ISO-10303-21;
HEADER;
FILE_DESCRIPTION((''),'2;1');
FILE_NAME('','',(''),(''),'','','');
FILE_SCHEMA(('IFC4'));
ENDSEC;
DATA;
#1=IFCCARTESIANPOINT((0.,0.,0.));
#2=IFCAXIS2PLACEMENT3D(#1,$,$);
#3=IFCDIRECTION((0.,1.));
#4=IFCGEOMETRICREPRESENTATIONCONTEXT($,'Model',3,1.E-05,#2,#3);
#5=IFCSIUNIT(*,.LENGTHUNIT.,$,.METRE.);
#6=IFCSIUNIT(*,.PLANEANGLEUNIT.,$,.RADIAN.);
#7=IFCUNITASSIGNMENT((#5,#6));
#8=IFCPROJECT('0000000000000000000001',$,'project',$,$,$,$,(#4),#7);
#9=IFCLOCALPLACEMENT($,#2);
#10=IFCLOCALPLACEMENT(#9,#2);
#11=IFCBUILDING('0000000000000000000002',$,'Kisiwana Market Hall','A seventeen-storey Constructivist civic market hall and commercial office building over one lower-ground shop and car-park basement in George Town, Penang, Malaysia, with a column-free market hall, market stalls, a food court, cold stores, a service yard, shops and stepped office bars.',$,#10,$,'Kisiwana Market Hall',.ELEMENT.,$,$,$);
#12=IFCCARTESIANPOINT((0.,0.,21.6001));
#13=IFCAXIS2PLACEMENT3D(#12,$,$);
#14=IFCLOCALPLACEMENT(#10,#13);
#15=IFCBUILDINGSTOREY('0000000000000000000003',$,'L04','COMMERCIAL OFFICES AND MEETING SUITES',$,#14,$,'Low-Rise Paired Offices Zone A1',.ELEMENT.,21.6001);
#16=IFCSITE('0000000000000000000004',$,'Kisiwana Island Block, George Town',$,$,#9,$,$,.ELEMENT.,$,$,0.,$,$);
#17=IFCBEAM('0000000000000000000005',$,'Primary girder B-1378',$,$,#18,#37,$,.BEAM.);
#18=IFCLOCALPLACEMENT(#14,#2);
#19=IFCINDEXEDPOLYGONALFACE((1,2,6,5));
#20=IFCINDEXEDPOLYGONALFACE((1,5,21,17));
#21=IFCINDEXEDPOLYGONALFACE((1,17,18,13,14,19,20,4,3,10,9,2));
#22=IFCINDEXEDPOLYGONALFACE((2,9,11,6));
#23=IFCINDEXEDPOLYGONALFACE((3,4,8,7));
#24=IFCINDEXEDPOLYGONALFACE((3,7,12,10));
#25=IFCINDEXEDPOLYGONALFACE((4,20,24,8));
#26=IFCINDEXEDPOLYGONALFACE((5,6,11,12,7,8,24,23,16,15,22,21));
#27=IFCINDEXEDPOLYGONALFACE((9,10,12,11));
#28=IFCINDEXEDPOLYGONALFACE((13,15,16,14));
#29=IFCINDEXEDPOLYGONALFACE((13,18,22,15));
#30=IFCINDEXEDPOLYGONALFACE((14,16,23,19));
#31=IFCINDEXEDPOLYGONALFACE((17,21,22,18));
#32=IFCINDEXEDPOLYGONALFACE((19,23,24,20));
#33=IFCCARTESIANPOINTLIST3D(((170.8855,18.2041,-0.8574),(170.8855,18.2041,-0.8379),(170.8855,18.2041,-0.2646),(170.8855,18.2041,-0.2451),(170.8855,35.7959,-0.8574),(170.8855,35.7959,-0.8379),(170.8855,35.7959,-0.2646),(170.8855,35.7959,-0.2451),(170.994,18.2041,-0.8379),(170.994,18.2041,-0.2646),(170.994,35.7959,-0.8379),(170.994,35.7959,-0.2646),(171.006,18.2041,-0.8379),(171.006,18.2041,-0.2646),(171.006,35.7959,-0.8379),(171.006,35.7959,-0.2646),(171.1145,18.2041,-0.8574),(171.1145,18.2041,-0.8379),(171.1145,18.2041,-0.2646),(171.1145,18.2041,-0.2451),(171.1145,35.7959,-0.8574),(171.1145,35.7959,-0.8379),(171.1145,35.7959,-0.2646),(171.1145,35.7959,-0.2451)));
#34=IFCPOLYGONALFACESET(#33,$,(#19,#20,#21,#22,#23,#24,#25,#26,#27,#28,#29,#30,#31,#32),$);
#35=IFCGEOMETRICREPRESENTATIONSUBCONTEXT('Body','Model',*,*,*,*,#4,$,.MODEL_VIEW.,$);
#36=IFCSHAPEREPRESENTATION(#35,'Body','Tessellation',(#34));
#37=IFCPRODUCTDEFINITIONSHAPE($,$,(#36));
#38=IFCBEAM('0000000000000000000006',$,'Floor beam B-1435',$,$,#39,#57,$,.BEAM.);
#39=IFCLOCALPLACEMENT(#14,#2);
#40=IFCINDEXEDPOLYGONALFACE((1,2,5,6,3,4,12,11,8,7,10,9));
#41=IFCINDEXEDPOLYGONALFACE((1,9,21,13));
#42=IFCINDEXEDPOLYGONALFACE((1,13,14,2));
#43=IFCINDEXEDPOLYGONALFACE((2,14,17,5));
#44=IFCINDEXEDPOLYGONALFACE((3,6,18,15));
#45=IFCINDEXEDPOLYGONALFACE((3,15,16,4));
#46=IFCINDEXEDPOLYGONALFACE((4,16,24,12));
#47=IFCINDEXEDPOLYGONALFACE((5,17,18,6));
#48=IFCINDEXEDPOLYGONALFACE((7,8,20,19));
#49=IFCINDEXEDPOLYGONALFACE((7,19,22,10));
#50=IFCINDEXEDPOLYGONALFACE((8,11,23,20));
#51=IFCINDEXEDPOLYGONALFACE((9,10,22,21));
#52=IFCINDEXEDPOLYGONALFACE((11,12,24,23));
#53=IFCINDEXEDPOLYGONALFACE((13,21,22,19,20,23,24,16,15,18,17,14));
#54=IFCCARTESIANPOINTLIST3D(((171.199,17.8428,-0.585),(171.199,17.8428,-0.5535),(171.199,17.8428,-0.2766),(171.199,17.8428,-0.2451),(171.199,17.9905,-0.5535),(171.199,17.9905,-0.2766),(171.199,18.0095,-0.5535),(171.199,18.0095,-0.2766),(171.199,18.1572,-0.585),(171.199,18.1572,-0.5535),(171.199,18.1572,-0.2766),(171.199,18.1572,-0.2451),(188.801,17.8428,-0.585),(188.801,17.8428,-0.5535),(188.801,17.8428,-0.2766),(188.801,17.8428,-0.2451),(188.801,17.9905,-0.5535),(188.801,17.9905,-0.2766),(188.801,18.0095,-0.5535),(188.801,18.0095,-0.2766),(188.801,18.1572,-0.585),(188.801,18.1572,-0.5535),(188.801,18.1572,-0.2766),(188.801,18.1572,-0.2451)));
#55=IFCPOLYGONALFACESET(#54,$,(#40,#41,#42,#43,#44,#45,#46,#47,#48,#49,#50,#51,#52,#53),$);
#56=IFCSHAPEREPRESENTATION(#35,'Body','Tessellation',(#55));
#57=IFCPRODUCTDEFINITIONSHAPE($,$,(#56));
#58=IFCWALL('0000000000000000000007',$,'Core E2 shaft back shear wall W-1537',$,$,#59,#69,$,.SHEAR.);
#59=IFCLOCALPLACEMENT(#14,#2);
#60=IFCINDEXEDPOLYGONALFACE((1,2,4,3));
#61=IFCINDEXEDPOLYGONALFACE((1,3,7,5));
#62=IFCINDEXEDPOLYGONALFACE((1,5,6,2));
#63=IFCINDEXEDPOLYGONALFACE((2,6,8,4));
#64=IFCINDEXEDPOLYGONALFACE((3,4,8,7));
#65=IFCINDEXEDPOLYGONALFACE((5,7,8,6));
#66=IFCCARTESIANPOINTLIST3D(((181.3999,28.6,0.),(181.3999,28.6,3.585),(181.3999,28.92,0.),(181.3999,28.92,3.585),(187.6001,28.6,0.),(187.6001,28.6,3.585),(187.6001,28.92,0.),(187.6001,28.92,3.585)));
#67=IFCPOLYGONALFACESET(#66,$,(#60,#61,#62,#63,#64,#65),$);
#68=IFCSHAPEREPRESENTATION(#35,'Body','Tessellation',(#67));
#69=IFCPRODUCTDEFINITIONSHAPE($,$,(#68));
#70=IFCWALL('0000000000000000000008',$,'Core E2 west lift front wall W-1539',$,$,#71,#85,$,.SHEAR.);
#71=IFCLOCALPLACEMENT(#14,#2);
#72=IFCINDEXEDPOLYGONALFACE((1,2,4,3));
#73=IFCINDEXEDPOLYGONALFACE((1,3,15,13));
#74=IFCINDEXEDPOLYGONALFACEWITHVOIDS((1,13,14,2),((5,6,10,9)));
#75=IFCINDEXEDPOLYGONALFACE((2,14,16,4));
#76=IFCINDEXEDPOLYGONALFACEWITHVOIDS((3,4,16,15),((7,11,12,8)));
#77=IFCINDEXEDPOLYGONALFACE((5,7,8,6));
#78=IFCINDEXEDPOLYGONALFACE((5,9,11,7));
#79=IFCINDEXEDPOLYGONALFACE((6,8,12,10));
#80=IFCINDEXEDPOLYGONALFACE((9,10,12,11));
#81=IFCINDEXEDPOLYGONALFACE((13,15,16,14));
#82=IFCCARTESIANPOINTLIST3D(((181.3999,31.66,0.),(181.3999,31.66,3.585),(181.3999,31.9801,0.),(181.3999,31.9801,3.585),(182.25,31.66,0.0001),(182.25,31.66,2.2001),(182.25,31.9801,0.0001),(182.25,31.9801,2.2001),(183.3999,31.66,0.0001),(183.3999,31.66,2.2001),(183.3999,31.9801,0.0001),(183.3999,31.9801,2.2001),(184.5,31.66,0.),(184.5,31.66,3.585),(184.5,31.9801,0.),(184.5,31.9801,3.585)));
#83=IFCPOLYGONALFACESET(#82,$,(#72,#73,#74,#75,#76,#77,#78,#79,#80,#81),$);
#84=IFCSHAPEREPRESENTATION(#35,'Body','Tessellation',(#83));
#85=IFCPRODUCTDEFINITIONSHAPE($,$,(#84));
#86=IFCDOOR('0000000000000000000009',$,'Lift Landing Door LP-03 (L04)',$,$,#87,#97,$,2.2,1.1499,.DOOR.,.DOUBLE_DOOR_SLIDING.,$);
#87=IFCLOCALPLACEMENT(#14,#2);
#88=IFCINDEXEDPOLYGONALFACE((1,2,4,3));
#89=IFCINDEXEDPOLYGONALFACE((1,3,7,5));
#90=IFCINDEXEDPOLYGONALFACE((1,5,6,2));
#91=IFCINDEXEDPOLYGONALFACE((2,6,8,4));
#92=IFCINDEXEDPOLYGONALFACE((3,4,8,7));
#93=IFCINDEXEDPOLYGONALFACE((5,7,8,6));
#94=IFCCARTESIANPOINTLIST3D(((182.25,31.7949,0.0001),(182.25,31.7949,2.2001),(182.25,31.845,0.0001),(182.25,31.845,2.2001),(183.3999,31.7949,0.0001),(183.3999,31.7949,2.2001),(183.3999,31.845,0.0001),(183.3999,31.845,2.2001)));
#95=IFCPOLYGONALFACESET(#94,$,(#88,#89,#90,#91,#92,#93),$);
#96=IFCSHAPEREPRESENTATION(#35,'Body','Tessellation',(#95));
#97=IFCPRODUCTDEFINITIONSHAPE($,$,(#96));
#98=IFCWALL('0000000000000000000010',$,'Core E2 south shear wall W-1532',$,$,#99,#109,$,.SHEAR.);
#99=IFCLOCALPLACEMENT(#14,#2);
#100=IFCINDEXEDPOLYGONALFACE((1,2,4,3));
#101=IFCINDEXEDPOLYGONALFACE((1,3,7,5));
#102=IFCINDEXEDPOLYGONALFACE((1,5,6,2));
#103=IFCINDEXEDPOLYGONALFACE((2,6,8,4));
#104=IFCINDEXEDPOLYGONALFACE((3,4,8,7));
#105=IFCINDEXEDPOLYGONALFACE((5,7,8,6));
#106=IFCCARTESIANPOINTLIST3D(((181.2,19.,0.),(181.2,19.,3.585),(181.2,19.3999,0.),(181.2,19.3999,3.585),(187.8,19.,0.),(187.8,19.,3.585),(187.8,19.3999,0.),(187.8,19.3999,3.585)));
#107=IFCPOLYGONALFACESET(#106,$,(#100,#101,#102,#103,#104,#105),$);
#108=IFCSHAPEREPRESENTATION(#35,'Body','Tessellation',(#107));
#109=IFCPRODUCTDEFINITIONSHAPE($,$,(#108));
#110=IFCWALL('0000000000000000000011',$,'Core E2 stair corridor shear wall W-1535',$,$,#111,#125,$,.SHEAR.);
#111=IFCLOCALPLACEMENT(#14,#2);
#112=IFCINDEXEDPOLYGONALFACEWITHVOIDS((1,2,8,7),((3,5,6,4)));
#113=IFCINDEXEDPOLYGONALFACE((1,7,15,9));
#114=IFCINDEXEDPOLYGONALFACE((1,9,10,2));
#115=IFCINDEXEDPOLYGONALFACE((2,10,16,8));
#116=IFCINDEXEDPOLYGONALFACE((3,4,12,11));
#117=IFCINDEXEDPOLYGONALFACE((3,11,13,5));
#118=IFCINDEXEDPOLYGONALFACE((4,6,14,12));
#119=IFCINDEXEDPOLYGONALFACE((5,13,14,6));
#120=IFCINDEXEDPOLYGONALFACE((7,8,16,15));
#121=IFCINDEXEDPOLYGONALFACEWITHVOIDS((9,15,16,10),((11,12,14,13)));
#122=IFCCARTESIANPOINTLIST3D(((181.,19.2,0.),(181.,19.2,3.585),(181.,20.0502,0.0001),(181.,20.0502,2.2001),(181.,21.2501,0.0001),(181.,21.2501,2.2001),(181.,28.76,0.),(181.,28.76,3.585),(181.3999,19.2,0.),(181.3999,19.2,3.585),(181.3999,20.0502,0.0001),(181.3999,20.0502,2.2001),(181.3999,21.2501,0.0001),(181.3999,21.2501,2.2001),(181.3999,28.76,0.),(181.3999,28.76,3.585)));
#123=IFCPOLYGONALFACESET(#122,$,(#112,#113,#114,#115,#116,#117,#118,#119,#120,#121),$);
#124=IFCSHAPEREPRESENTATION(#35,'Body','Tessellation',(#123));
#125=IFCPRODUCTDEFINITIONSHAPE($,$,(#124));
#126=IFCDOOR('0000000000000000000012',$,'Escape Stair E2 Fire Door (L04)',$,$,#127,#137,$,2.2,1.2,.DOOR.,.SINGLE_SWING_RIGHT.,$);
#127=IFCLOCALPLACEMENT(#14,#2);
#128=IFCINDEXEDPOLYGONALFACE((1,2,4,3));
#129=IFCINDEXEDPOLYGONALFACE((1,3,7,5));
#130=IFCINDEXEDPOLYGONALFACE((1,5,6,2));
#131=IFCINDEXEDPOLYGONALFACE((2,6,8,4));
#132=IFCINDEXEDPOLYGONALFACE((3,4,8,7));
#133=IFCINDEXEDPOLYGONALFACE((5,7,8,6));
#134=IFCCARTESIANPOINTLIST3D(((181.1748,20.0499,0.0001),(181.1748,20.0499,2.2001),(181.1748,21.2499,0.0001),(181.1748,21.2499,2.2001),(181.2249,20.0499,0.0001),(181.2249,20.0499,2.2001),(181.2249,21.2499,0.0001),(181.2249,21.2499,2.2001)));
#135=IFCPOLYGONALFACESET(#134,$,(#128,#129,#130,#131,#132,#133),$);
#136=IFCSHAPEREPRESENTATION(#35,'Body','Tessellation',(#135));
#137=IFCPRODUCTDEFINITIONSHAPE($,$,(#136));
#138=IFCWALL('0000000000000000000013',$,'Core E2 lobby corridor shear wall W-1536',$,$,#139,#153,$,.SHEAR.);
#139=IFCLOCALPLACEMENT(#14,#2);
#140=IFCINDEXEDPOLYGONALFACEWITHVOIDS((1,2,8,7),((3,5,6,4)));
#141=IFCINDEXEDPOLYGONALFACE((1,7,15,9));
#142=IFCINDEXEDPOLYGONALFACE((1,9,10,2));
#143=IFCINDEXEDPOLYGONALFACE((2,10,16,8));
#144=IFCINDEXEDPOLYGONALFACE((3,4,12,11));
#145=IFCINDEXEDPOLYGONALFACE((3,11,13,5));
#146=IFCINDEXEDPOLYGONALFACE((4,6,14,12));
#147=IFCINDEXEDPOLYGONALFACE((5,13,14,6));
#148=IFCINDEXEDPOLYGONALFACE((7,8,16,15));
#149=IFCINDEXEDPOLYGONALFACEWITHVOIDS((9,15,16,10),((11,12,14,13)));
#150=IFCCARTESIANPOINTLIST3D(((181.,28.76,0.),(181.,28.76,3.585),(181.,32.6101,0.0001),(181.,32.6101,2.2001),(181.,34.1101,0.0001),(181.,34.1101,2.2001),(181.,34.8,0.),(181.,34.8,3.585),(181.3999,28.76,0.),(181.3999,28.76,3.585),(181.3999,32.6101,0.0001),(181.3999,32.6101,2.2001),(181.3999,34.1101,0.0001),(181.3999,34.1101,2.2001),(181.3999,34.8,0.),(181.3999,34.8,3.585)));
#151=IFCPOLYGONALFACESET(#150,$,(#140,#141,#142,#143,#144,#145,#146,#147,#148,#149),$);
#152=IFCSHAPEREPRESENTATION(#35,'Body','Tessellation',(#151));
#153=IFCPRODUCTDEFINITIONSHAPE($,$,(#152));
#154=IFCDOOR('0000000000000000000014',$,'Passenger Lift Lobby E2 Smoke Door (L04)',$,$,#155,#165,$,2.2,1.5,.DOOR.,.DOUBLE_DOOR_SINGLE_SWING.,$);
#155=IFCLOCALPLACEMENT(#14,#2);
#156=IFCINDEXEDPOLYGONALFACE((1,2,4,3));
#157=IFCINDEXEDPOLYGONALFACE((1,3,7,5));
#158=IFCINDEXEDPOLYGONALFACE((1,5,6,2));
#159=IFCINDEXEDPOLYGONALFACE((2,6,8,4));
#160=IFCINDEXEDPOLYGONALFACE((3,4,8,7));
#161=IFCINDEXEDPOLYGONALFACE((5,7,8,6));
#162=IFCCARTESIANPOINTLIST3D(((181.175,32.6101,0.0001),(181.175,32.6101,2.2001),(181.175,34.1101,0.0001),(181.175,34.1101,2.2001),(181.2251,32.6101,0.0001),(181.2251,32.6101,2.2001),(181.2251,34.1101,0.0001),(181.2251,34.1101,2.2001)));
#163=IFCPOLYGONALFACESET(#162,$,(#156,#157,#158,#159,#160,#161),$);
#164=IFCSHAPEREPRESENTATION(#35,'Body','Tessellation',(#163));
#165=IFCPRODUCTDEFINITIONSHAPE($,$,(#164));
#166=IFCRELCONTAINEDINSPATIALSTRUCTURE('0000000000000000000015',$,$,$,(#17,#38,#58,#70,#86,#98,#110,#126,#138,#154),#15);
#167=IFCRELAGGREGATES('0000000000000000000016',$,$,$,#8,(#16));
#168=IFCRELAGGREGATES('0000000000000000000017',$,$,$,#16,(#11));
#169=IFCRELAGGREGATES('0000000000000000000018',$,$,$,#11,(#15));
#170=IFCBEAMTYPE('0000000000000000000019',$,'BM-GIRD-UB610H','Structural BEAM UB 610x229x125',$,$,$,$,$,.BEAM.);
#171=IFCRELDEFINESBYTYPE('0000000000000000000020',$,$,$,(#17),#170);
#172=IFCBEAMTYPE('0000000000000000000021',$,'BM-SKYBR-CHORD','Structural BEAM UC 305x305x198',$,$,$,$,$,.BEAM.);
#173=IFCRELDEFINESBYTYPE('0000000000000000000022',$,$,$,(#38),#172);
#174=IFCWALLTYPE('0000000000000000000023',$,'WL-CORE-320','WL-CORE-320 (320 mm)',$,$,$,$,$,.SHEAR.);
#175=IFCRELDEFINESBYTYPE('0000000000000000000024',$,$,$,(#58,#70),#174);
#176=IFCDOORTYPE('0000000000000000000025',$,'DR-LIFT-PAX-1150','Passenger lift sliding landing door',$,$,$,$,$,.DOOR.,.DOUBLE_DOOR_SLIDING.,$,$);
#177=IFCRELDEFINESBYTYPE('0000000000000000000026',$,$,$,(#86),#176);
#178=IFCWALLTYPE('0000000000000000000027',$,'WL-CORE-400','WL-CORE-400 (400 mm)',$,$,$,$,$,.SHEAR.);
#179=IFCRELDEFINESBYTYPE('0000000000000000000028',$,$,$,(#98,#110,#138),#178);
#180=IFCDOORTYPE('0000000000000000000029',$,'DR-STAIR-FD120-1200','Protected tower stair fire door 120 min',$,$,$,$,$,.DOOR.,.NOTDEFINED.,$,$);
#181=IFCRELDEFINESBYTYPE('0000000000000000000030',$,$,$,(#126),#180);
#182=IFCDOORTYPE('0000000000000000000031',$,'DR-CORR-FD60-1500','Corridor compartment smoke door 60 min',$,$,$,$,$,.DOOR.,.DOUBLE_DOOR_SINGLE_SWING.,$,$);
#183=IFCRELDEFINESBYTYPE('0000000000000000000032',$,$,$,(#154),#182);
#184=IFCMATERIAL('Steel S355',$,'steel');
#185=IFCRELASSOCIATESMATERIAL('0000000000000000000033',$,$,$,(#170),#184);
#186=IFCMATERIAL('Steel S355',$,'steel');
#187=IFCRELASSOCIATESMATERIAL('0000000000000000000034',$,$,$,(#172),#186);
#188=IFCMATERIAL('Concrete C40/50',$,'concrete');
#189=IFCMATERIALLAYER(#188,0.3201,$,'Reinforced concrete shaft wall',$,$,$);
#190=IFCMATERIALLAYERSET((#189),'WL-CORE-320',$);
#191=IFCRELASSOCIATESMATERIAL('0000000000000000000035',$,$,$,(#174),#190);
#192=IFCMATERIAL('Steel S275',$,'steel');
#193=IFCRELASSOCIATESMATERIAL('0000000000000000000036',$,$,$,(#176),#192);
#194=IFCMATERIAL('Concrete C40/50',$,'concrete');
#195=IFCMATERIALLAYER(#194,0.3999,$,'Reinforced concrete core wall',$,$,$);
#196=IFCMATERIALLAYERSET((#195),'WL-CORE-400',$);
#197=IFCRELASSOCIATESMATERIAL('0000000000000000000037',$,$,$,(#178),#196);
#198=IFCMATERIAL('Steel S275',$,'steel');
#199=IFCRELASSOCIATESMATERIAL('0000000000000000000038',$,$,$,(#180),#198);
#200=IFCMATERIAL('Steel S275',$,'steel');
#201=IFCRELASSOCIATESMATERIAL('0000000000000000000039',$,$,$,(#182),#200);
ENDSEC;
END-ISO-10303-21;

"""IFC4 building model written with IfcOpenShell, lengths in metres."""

from ifc_helpers import new_model, si_unit, direction, frame, frame_2d, origin, origin_2d, place, context, subcontext, project, spatial, rectangle, i_section, extrude, material, layer, layer_set, material_profile, profile_set, type_object, element, fill, save


model = new_model("IFC4")

# Units and contexts
model_context = context("Model", 3, precision=1e-05, world=origin(), true_north=direction((0.0, 1.0)))
body_context = subcontext(model_context, "Body", "Model", "MODEL_VIEW")
ifc_project = project(units=[si_unit("LENGTHUNIT", "METRE"), si_unit("PLANEANGLEUNIT", "RADIAN")], contexts=[model_context])

# Site, building, storey
site_placement = place(None, origin())
site = spatial("IfcSite", under=ifc_project, at=site_placement, Name="Kisiwana Island Block, George Town", CompositionType="ELEMENT", RefElevation=0.0)
building_placement = place(site_placement, origin())
building = spatial("IfcBuilding", under=site, at=building_placement, Name="Kisiwana Market Hall", Description="A seventeen-storey Constructivist civic market hall and commercial office building over one lower-ground shop and car-park basement in George Town, Penang, Malaysia, with a column-free market hall, market stalls, a food court, cold stores, a service yard, shops and stepped office bars.", LongName="Kisiwana Market Hall", CompositionType="ELEMENT")
storey_placement = place(building_placement, frame((0.0, 0.0, 21.6001)))
storey = spatial("IfcBuildingStorey", under=building, at=storey_placement, Name="L04", Description="COMMERCIAL OFFICES AND MEETING SUITES", LongName="Low-Rise Paired Offices Zone A1", CompositionType="ELEMENT", Elevation=21.6001)

# Beams
ifc_material_1 = material(Name="Steel S355", Category="steel")
ifc_material_profile_1 = material_profile(ifc_material_1, i_section(OverallWidth=0.229, OverallDepth=0.6123, WebThickness=0.012, FlangeThickness=0.0195, at=origin_2d()), Name="UB 610x229x125")
ifc_profile_set_1 = profile_set([ifc_material_profile_1], Name="Steel S355")
beam_type_1 = type_object("IfcBeamType", Name="BM-GIRD-UB610H", Description="Structural BEAM UB 610x229x125", PredefinedType="BEAM", material=ifc_profile_set_1)
for number, where, z_axis, x_axis, name in (
    (1, (171.0, 18.2041, -0.5513), (0.0, 1.0, 0.0), (-1.0, 0.0, 0.0), "Primary girder B-1378"),
):
    element("IfcBeam", number, at=place(storey_placement, frame(where, z_axis=z_axis, x_axis=x_axis)), inside=storey, type_object=beam_type_1, Name=name, PredefinedType="BEAM", context=body_context, shape_type="SweptSolid", body=[
        extrude(i_section(OverallWidth=0.229, OverallDepth=0.6123, WebThickness=0.012, FlangeThickness=0.0195, at=origin_2d()), origin(), (0.0, 0.0, 1.0), 17.5918),
    ])
ifc_material_2 = material(Name="Steel S355", Category="steel")
ifc_material_profile_2 = material_profile(ifc_material_2, i_section(OverallWidth=0.3145, OverallDepth=0.3398, WebThickness=0.019, FlangeThickness=0.0315, at=origin_2d()), Name="UC 305x305x198")
ifc_profile_set_2 = profile_set([ifc_material_profile_2], Name="Steel S355")
beam_type_2 = type_object("IfcBeamType", Name="BM-SKYBR-CHORD", Description="Structural BEAM UC 305x305x198", PredefinedType="BEAM", material=ifc_profile_set_2)
beam_1_placement = place(storey_placement, frame((171.199, 18.0, -0.415), z_axis=(1.0, 0.0, 0.0), x_axis=(0.0, 1.0, 0.0)))
element("IfcBeam", 2, at=beam_1_placement, inside=storey, type_object=beam_type_2, Name="Floor beam B-1435", PredefinedType="BEAM", context=body_context, shape_type="SweptSolid", body=[
    extrude(i_section(OverallWidth=0.3145, OverallDepth=0.3398, WebThickness=0.019, FlangeThickness=0.0315, at=origin_2d()), origin(), (0.0, 0.0, 1.0), 17.6021),
])

# Wall
ifc_material_3 = material(Name="Concrete C40/50", Category="concrete")
ifc_layer_1 = layer(ifc_material_3, 0.3201, Name="Reinforced concrete shaft wall")
ifc_layer_set_1 = layer_set([ifc_layer_1], Name="WL-CORE-320")
wall_type_1 = type_object("IfcWallType", Name="WL-CORE-320", Description="WL-CORE-320 (320 mm)", PredefinedType="SHEAR", material=ifc_layer_set_1)
wall_1_placement = place(storey_placement, frame((181.3999, 28.76, 0.0), z_axis=(0.0, 0.0, 1.0), x_axis=(1.0, 0.0, 0.0)))
element("IfcWall", 3, at=wall_1_placement, inside=storey, type_object=wall_type_1, Name="Core E2 shaft back shear wall W-1537", PredefinedType="SHEAR", context=body_context, shape_type="SweptSolid", body=[
    extrude(rectangle(XDim=6.2002, YDim=0.3201, at=frame_2d((3.1001, 0.0))), origin(), (0.0, 0.0, 1.0), 3.585),
])

# Wall, opening, door
wall_2_placement = place(storey_placement, frame((181.3999, 31.8201, 0.0), z_axis=(0.0, 0.0, 1.0), x_axis=(1.0, 0.0, 0.0)))
wall_2 = element("IfcWall", 4, at=wall_2_placement, inside=storey, type_object=wall_type_1, Name="Core E2 west lift front wall W-1539", PredefinedType="SHEAR", context=body_context, shape_type="SweptSolid", body=[
    extrude(rectangle(XDim=3.1001, YDim=0.3201, at=frame_2d((1.55, 0.0))), origin(), (0.0, 0.0, 1.0), 3.585),
])
opening_1_placement = place(wall_2_placement, frame((0.8501, 0.0, 0.0)))
opening_1 = element("IfcOpeningElement", 5, at=opening_1_placement, cuts=wall_2, PredefinedType="OPENING", context=body_context, shape_type="SweptSolid", body=[
    extrude(rectangle(XDim=1.1499, YDim=2.2, at=frame_2d((0.575, 1.1001))), frame((0.0, 0.1719, 0.0), z_axis=(0.0, -1.0, 0.0), x_axis=(1.0, 0.0, 0.0)), (0.0, 0.0, 1.0), 0.344),
])
ifc_material_4 = material(Name="Steel S275", Category="steel")
door_type_1 = type_object("IfcDoorType", Name="DR-LIFT-PAX-1150", Description="Passenger lift sliding landing door", OperationType="DOUBLE_DOOR_SLIDING", PredefinedType="DOOR", material=ifc_material_4)
door_1_placement = place(opening_1_placement, origin())
door_1 = element("IfcDoor", 6, at=door_1_placement, inside=storey, type_object=door_type_1, Name="Lift Landing Door LP-03 (L04)", OperationType="DOUBLE_DOOR_SLIDING", OverallHeight=2.2, OverallWidth=1.1499, PredefinedType="DOOR", context=body_context, shape_type="SweptSolid", body=[
    extrude(rectangle(XDim=1.1499, YDim=2.2, at=frame_2d((0.575, 1.1001))), frame((0.0, 0.0249, 0.0), z_axis=(0.0, -1.0, 0.0), x_axis=(1.0, 0.0, 0.0)), (0.0, 0.0, 1.0), 0.05),
])
fill(opening_1, door_1)

# Wall
ifc_material_5 = material(Name="Concrete C40/50", Category="concrete")
ifc_layer_2 = layer(ifc_material_5, 0.3999, Name="Reinforced concrete core wall")
ifc_layer_set_2 = layer_set([ifc_layer_2], Name="WL-CORE-400")
wall_type_2 = type_object("IfcWallType", Name="WL-CORE-400", Description="WL-CORE-400 (400 mm)", PredefinedType="SHEAR", material=ifc_layer_set_2)
wall_3_placement = place(storey_placement, frame((181.2, 19.2, 0.0), z_axis=(0.0, 0.0, 1.0), x_axis=(1.0, 0.0, 0.0)))
element("IfcWall", 7, at=wall_3_placement, inside=storey, type_object=wall_type_2, Name="Core E2 south shear wall W-1532", PredefinedType="SHEAR", context=body_context, shape_type="SweptSolid", body=[
    extrude(rectangle(XDim=6.6001, YDim=0.3999, at=frame_2d((3.3, 0.0))), origin(), (0.0, 0.0, 1.0), 3.585),
])

# Walls, openings, doors
wall_4_placement = place(storey_placement, frame((181.2, 19.2, 0.0), z_axis=(0.0, 0.0, 1.0), x_axis=(0.0, 1.0, 0.0)))
wall_4 = element("IfcWall", 8, at=wall_4_placement, inside=storey, type_object=wall_type_2, Name="Core E2 stair corridor shear wall W-1535", PredefinedType="SHEAR", context=body_context, shape_type="SweptSolid", body=[
    extrude(rectangle(XDim=9.5601, YDim=0.3999, at=frame_2d((4.78, 0.0))), origin(), (0.0, 0.0, 1.0), 3.585),
])
opening_2_placement = place(wall_4_placement, frame((0.8501, 0.0, 0.0)))
opening_2 = element("IfcOpeningElement", 9, at=opening_2_placement, cuts=wall_4, PredefinedType="OPENING", context=body_context, shape_type="SweptSolid", body=[
    extrude(rectangle(XDim=1.2, YDim=2.2, at=frame_2d((0.6001, 1.1001))), frame((0.0, 0.2119, 0.0), z_axis=(0.0, -1.0, 0.0), x_axis=(1.0, 0.0, 0.0)), (0.0, 0.0, 1.0), 0.4238),
])
ifc_material_6 = material(Name="Steel S275", Category="steel")
door_type_2 = type_object("IfcDoorType", Name="DR-STAIR-FD120-1200", Description="Protected tower stair fire door 120 min", OperationType="NOTDEFINED", PredefinedType="DOOR", material=ifc_material_6)
door_2_placement = place(opening_2_placement, frame((1.2, 0.0, 0.0), z_axis=(0.0, 0.0, 1.0), x_axis=(-1.0, 0.0, 0.0)))
door_2 = element("IfcDoor", 10, at=door_2_placement, inside=storey, type_object=door_type_2, Name="Escape Stair E2 Fire Door (L04)", OperationType="SINGLE_SWING_RIGHT", OverallHeight=2.2, OverallWidth=1.2, PredefinedType="DOOR", context=body_context, shape_type="SweptSolid", body=[
    extrude(rectangle(XDim=1.2, YDim=2.2, at=frame_2d((0.6001, 1.1001))), frame((0.0, 0.0249, 0.0), z_axis=(0.0, -1.0, 0.0), x_axis=(1.0, 0.0, 0.0)), (0.0, 0.0, 1.0), 0.05),
])
fill(opening_2, door_2)
wall_5_placement = place(storey_placement, frame((181.2, 28.76, 0.0), z_axis=(0.0, 0.0, 1.0), x_axis=(0.0, 1.0, 0.0)))
wall_5 = element("IfcWall", 11, at=wall_5_placement, inside=storey, type_object=wall_type_2, Name="Core E2 lobby corridor shear wall W-1536", PredefinedType="SHEAR", context=body_context, shape_type="SweptSolid", body=[
    extrude(rectangle(XDim=6.04, YDim=0.3999, at=frame_2d((3.02, 0.0))), origin(), (0.0, 0.0, 1.0), 3.585),
])
opening_3_placement = place(wall_5_placement, frame((3.8501, 0.0, 0.0)))
opening_3 = element("IfcOpeningElement", 12, at=opening_3_placement, cuts=wall_5, PredefinedType="OPENING", context=body_context, shape_type="SweptSolid", body=[
    extrude(rectangle(XDim=1.5, YDim=2.2, at=frame_2d((0.75, 1.1001))), frame((0.0, 0.2119, 0.0), z_axis=(0.0, -1.0, 0.0), x_axis=(1.0, 0.0, 0.0)), (0.0, 0.0, 1.0), 0.4238),
])
ifc_material_7 = material(Name="Steel S275", Category="steel")
door_type_3 = type_object("IfcDoorType", Name="DR-CORR-FD60-1500", Description="Corridor compartment smoke door 60 min", OperationType="DOUBLE_DOOR_SINGLE_SWING", PredefinedType="DOOR", material=ifc_material_7)
door_3_placement = place(opening_3_placement, origin())
door_3 = element("IfcDoor", 13, at=door_3_placement, inside=storey, type_object=door_type_3, Name="Passenger Lift Lobby E2 Smoke Door (L04)", OperationType="DOUBLE_DOOR_SINGLE_SWING", OverallHeight=2.2, OverallWidth=1.5, PredefinedType="DOOR", context=body_context, shape_type="SweptSolid", body=[
    extrude(rectangle(XDim=1.5, YDim=2.2, at=frame_2d((0.75, 1.1001))), frame((0.0, 0.0249, 0.0), z_axis=(0.0, -1.0, 0.0), x_axis=(1.0, 0.0, 0.0)), (0.0, 0.0, 1.0), 0.05),
])
fill(opening_3, door_3)

save(model, "model.ifc")
